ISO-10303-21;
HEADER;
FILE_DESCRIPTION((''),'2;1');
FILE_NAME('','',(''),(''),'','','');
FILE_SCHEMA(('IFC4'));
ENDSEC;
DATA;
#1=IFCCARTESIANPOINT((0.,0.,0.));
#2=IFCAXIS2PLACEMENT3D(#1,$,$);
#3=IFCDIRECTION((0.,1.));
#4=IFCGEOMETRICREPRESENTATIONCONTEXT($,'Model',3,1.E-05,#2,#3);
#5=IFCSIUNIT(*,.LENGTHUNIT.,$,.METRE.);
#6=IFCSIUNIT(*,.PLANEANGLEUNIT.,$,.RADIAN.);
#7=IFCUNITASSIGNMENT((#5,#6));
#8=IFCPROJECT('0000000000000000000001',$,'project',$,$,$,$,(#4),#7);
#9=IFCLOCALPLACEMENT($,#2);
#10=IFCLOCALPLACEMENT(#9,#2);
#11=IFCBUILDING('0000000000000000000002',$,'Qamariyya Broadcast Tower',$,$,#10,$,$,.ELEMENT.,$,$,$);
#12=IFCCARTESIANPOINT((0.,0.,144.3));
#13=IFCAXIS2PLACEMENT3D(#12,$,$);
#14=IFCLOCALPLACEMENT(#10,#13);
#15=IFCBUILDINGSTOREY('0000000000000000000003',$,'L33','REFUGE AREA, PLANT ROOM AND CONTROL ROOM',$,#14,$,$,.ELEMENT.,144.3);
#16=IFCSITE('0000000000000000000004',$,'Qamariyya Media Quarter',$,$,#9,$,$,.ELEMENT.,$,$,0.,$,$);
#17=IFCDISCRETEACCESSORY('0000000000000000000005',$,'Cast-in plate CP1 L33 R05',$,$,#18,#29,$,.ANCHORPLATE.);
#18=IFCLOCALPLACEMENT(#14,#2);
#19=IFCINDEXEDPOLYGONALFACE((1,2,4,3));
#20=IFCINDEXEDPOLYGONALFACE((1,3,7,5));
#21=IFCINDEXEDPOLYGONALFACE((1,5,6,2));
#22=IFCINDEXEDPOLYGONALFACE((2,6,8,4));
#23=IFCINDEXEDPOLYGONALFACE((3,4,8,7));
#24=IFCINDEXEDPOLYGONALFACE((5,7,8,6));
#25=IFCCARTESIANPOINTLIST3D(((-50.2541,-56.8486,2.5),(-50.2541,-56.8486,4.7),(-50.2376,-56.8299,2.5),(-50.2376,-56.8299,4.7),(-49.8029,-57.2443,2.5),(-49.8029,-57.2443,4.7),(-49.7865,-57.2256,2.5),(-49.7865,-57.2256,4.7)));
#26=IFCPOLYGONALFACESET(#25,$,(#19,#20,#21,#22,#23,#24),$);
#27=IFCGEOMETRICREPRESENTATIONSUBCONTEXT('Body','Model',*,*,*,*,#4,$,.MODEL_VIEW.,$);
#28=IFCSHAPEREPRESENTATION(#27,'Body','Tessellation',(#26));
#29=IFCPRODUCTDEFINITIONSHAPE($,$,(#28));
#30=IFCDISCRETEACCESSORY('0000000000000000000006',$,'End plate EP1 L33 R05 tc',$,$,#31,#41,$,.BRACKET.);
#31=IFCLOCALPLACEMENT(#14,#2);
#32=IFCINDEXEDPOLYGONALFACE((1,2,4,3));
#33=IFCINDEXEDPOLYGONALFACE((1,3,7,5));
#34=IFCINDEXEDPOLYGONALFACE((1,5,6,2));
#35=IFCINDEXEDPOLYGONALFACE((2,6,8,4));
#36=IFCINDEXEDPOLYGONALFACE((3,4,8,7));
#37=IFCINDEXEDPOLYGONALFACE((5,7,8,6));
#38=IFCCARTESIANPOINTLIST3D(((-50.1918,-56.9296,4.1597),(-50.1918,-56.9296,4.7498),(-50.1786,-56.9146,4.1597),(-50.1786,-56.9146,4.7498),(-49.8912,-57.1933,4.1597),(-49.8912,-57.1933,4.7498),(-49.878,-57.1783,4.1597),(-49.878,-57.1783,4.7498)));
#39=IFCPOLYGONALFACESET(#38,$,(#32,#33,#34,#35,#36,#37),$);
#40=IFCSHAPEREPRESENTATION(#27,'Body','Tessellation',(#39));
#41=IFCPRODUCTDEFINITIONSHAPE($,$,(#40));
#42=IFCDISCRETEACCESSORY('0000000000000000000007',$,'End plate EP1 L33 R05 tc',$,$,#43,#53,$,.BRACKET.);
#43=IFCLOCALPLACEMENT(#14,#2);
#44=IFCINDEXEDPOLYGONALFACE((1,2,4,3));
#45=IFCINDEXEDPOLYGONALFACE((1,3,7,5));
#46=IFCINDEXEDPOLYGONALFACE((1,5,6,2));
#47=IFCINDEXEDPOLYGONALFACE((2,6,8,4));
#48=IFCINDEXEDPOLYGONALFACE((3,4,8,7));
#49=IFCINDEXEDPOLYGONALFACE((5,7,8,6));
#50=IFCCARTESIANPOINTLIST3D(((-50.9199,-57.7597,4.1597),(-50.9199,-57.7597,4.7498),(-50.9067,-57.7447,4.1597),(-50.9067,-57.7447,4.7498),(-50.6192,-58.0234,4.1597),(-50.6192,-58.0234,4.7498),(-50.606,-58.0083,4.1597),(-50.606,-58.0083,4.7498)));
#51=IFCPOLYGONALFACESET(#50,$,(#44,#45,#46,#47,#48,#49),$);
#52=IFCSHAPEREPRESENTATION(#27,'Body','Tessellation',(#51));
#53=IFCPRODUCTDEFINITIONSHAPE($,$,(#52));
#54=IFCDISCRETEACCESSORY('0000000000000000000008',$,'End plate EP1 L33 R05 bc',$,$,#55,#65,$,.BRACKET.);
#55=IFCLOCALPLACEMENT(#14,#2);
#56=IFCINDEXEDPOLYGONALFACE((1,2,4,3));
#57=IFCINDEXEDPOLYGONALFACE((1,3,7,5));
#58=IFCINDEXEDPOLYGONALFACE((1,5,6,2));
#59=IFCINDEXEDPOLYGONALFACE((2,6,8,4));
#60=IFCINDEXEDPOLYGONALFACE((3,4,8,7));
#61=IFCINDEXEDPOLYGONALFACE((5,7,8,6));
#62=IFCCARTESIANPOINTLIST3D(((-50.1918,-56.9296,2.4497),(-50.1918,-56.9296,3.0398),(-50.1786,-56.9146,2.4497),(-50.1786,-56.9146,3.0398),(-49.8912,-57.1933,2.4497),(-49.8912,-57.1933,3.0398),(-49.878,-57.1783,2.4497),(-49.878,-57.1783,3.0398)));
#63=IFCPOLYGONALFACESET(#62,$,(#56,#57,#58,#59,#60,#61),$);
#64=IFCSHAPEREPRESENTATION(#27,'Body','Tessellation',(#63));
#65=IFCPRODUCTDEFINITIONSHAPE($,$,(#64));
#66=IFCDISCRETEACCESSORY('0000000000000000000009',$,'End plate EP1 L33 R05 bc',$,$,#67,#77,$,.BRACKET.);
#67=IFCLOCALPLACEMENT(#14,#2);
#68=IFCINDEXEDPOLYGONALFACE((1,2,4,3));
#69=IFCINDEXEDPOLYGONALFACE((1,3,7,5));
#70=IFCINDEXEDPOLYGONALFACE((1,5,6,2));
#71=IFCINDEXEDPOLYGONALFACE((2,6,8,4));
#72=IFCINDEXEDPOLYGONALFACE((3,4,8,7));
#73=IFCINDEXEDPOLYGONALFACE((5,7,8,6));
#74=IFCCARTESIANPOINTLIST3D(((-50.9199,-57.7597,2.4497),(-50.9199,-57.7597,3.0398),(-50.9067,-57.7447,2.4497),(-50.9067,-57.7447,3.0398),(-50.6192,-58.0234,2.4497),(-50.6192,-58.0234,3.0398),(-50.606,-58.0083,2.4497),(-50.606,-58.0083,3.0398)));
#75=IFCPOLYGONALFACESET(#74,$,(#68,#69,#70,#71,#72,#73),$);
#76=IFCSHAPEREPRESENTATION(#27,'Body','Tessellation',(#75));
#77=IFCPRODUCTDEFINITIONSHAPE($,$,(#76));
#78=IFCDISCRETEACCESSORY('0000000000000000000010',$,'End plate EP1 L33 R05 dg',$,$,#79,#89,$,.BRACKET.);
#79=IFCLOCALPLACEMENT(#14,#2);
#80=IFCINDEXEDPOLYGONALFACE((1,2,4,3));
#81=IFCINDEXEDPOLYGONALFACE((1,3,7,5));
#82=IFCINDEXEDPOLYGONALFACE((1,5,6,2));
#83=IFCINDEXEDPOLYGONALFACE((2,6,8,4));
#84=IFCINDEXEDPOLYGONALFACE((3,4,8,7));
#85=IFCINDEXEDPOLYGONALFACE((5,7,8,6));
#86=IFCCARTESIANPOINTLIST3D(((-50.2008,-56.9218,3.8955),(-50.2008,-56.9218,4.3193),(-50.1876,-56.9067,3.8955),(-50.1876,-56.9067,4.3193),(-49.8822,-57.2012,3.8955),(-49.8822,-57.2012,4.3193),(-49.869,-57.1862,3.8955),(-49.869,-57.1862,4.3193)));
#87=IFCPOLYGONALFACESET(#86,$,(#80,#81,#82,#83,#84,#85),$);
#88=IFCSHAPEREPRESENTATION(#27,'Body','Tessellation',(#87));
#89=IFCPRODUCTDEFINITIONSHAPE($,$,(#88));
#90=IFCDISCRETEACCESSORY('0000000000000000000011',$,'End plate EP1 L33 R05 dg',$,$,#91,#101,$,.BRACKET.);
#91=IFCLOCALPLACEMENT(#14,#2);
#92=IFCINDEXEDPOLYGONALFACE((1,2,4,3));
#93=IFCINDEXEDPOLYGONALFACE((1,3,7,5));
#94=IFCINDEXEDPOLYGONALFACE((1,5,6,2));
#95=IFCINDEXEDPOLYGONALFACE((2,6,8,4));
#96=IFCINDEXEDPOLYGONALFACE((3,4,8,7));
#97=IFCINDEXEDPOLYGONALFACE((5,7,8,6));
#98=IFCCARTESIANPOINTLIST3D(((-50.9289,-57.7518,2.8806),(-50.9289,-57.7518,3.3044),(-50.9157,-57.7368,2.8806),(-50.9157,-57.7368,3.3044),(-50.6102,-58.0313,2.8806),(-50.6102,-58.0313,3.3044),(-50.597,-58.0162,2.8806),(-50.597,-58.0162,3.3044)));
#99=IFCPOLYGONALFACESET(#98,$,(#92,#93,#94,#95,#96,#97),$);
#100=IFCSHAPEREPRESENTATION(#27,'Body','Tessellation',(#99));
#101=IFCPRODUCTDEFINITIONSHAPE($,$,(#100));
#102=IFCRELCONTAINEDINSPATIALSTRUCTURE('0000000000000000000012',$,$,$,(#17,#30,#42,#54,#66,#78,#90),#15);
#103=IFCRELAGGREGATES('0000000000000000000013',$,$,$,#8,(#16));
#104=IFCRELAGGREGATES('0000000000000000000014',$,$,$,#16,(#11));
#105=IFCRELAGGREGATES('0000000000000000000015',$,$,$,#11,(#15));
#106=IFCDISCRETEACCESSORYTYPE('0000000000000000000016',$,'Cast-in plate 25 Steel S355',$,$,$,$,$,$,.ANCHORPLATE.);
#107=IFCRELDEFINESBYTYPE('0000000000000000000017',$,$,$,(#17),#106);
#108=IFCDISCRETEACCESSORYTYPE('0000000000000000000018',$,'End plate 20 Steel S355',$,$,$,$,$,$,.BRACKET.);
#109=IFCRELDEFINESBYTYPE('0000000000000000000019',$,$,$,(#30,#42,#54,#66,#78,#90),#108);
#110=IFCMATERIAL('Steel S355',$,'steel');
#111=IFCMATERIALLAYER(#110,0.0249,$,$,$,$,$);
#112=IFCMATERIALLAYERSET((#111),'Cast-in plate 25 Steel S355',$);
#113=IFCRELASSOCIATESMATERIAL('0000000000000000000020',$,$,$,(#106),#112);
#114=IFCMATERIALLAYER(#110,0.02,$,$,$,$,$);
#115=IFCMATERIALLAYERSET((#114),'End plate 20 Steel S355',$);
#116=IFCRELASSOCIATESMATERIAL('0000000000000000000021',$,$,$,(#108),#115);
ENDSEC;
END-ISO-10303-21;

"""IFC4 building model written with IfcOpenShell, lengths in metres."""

from ifc_helpers import new_model, si_unit, direction, frame, origin, origin_2d, place, context, subcontext, project, spatial, rectangle, extrude, material, layer, layer_set, type_object, element, save


model = new_model("IFC4")

# Units and contexts
model_context = context("Model", 3, precision=1e-05, world=origin(), true_north=direction((0.0, 1.0)))
body_context = subcontext(model_context, "Body", "Model", "MODEL_VIEW")
ifc_project = project(units=[si_unit("LENGTHUNIT", "METRE"), si_unit("PLANEANGLEUNIT", "RADIAN")], contexts=[model_context])

# Site, building, storey
site_placement = place(None, origin())
site = spatial("IfcSite", under=ifc_project, at=site_placement, Name="Qamariyya Media Quarter", CompositionType="ELEMENT", RefElevation=0.0)
building_placement = place(site_placement, origin())
building = spatial("IfcBuilding", under=site, at=building_placement, Name="Qamariyya Broadcast Tower", CompositionType="ELEMENT")
storey_placement = place(building_placement, frame((0.0, 0.0, 144.3)))
storey = spatial("IfcBuildingStorey", under=building, at=storey_placement, Name="L33", Description="REFUGE AREA, PLANT ROOM AND CONTROL ROOM", CompositionType="ELEMENT", Elevation=144.3)

# Shared definitions
ifc_material_1 = material(Name="Steel S355", Category="steel")

# Discrete accessories
ifc_layer_1 = layer(ifc_material_1, 0.0249)
ifc_layer_set_1 = layer_set([ifc_layer_1], Name="Cast-in plate 25 Steel S355")
discrete_accessory_type_1 = type_object("IfcDiscreteAccessoryType", Name="Cast-in plate 25 Steel S355", PredefinedType="ANCHORPLATE", material=ifc_layer_set_1)
discrete_accessory_placement = place(storey_placement, frame((-50.0203, -57.0371, 2.5), z_axis=(0.0, 0.0, 1.0), x_axis=(-0.75184, 0.659346, 0.0)))
element("IfcDiscreteAccessory", 1, at=discrete_accessory_placement, inside=storey, type_object=discrete_accessory_type_1, Name="Cast-in plate CP1 L33 R05", PredefinedType="ANCHORPLATE", context=body_context, shape_type="SweptSolid", body=[
    extrude(rectangle(XDim=0.6001, YDim=0.0249, at=origin_2d()), origin(), (0.0, 0.0, 1.0), 2.2),
])
ifc_layer_2 = layer(ifc_material_1, 0.02)
ifc_layer_set_2 = layer_set([ifc_layer_2], Name="End plate 20 Steel S355")
discrete_accessory_type_2 = type_object("IfcDiscreteAccessoryType", Name="End plate 20 Steel S355", PredefinedType="BRACKET", material=ifc_layer_set_2)
for number, where, z_axis, x_axis, name in (
    (2, (-50.0349, -57.054, 4.1597), (0.0, 0.0, 1.0), (-0.75184, 0.659346, 0.0), "End plate EP1 L33 R05 tc"),
    (3, (-50.7629, -57.884, 4.1597), (0.0, 0.0, 1.0), (-0.75184, 0.659346, 0.0), "End plate EP1 L33 R05 tc"),
    (4, (-50.0349, -57.054, 2.4497), (0.0, 0.0, 1.0), (-0.75184, 0.659346, 0.0), "End plate EP1 L33 R05 bc"),
    (5, (-50.7629, -57.884, 2.4497), (0.0, 0.0, 1.0), (-0.75184, 0.659346, 0.0), "End plate EP1 L33 R05 bc"),
):
    element("IfcDiscreteAccessory", number, at=place(storey_placement, frame(where, z_axis=z_axis, x_axis=x_axis)), inside=storey, type_object=discrete_accessory_type_2, Name=name, PredefinedType="BRACKET", context=body_context, shape_type="SweptSolid", body=[
        extrude(rectangle(XDim=0.3999, YDim=0.02, at=origin_2d()), origin(), (0.0, 0.0, 1.0), 0.5901),
    ])
for number, where, z_axis, x_axis, name in (
    (6, (-50.0349, -57.054, 3.8955), (0.0, 0.0, 1.0), (-0.75184, 0.659346, 0.0), "End plate EP1 L33 R05 dg"),
    (7, (-50.7629, -57.884, 2.8806), (0.0, 0.0, 1.0), (-0.75184, 0.659346, 0.0), "End plate EP1 L33 R05 dg"),
):
    element("IfcDiscreteAccessory", number, at=place(storey_placement, frame(where, z_axis=z_axis, x_axis=x_axis)), inside=storey, type_object=discrete_accessory_type_2, Name=name, PredefinedType="BRACKET", context=body_context, shape_type="SweptSolid", body=[
        extrude(rectangle(XDim=0.4238, YDim=0.02, at=origin_2d()), origin(), (0.0, 0.0, 1.0), 0.4238),
    ])

save(model, "model.ifc")
